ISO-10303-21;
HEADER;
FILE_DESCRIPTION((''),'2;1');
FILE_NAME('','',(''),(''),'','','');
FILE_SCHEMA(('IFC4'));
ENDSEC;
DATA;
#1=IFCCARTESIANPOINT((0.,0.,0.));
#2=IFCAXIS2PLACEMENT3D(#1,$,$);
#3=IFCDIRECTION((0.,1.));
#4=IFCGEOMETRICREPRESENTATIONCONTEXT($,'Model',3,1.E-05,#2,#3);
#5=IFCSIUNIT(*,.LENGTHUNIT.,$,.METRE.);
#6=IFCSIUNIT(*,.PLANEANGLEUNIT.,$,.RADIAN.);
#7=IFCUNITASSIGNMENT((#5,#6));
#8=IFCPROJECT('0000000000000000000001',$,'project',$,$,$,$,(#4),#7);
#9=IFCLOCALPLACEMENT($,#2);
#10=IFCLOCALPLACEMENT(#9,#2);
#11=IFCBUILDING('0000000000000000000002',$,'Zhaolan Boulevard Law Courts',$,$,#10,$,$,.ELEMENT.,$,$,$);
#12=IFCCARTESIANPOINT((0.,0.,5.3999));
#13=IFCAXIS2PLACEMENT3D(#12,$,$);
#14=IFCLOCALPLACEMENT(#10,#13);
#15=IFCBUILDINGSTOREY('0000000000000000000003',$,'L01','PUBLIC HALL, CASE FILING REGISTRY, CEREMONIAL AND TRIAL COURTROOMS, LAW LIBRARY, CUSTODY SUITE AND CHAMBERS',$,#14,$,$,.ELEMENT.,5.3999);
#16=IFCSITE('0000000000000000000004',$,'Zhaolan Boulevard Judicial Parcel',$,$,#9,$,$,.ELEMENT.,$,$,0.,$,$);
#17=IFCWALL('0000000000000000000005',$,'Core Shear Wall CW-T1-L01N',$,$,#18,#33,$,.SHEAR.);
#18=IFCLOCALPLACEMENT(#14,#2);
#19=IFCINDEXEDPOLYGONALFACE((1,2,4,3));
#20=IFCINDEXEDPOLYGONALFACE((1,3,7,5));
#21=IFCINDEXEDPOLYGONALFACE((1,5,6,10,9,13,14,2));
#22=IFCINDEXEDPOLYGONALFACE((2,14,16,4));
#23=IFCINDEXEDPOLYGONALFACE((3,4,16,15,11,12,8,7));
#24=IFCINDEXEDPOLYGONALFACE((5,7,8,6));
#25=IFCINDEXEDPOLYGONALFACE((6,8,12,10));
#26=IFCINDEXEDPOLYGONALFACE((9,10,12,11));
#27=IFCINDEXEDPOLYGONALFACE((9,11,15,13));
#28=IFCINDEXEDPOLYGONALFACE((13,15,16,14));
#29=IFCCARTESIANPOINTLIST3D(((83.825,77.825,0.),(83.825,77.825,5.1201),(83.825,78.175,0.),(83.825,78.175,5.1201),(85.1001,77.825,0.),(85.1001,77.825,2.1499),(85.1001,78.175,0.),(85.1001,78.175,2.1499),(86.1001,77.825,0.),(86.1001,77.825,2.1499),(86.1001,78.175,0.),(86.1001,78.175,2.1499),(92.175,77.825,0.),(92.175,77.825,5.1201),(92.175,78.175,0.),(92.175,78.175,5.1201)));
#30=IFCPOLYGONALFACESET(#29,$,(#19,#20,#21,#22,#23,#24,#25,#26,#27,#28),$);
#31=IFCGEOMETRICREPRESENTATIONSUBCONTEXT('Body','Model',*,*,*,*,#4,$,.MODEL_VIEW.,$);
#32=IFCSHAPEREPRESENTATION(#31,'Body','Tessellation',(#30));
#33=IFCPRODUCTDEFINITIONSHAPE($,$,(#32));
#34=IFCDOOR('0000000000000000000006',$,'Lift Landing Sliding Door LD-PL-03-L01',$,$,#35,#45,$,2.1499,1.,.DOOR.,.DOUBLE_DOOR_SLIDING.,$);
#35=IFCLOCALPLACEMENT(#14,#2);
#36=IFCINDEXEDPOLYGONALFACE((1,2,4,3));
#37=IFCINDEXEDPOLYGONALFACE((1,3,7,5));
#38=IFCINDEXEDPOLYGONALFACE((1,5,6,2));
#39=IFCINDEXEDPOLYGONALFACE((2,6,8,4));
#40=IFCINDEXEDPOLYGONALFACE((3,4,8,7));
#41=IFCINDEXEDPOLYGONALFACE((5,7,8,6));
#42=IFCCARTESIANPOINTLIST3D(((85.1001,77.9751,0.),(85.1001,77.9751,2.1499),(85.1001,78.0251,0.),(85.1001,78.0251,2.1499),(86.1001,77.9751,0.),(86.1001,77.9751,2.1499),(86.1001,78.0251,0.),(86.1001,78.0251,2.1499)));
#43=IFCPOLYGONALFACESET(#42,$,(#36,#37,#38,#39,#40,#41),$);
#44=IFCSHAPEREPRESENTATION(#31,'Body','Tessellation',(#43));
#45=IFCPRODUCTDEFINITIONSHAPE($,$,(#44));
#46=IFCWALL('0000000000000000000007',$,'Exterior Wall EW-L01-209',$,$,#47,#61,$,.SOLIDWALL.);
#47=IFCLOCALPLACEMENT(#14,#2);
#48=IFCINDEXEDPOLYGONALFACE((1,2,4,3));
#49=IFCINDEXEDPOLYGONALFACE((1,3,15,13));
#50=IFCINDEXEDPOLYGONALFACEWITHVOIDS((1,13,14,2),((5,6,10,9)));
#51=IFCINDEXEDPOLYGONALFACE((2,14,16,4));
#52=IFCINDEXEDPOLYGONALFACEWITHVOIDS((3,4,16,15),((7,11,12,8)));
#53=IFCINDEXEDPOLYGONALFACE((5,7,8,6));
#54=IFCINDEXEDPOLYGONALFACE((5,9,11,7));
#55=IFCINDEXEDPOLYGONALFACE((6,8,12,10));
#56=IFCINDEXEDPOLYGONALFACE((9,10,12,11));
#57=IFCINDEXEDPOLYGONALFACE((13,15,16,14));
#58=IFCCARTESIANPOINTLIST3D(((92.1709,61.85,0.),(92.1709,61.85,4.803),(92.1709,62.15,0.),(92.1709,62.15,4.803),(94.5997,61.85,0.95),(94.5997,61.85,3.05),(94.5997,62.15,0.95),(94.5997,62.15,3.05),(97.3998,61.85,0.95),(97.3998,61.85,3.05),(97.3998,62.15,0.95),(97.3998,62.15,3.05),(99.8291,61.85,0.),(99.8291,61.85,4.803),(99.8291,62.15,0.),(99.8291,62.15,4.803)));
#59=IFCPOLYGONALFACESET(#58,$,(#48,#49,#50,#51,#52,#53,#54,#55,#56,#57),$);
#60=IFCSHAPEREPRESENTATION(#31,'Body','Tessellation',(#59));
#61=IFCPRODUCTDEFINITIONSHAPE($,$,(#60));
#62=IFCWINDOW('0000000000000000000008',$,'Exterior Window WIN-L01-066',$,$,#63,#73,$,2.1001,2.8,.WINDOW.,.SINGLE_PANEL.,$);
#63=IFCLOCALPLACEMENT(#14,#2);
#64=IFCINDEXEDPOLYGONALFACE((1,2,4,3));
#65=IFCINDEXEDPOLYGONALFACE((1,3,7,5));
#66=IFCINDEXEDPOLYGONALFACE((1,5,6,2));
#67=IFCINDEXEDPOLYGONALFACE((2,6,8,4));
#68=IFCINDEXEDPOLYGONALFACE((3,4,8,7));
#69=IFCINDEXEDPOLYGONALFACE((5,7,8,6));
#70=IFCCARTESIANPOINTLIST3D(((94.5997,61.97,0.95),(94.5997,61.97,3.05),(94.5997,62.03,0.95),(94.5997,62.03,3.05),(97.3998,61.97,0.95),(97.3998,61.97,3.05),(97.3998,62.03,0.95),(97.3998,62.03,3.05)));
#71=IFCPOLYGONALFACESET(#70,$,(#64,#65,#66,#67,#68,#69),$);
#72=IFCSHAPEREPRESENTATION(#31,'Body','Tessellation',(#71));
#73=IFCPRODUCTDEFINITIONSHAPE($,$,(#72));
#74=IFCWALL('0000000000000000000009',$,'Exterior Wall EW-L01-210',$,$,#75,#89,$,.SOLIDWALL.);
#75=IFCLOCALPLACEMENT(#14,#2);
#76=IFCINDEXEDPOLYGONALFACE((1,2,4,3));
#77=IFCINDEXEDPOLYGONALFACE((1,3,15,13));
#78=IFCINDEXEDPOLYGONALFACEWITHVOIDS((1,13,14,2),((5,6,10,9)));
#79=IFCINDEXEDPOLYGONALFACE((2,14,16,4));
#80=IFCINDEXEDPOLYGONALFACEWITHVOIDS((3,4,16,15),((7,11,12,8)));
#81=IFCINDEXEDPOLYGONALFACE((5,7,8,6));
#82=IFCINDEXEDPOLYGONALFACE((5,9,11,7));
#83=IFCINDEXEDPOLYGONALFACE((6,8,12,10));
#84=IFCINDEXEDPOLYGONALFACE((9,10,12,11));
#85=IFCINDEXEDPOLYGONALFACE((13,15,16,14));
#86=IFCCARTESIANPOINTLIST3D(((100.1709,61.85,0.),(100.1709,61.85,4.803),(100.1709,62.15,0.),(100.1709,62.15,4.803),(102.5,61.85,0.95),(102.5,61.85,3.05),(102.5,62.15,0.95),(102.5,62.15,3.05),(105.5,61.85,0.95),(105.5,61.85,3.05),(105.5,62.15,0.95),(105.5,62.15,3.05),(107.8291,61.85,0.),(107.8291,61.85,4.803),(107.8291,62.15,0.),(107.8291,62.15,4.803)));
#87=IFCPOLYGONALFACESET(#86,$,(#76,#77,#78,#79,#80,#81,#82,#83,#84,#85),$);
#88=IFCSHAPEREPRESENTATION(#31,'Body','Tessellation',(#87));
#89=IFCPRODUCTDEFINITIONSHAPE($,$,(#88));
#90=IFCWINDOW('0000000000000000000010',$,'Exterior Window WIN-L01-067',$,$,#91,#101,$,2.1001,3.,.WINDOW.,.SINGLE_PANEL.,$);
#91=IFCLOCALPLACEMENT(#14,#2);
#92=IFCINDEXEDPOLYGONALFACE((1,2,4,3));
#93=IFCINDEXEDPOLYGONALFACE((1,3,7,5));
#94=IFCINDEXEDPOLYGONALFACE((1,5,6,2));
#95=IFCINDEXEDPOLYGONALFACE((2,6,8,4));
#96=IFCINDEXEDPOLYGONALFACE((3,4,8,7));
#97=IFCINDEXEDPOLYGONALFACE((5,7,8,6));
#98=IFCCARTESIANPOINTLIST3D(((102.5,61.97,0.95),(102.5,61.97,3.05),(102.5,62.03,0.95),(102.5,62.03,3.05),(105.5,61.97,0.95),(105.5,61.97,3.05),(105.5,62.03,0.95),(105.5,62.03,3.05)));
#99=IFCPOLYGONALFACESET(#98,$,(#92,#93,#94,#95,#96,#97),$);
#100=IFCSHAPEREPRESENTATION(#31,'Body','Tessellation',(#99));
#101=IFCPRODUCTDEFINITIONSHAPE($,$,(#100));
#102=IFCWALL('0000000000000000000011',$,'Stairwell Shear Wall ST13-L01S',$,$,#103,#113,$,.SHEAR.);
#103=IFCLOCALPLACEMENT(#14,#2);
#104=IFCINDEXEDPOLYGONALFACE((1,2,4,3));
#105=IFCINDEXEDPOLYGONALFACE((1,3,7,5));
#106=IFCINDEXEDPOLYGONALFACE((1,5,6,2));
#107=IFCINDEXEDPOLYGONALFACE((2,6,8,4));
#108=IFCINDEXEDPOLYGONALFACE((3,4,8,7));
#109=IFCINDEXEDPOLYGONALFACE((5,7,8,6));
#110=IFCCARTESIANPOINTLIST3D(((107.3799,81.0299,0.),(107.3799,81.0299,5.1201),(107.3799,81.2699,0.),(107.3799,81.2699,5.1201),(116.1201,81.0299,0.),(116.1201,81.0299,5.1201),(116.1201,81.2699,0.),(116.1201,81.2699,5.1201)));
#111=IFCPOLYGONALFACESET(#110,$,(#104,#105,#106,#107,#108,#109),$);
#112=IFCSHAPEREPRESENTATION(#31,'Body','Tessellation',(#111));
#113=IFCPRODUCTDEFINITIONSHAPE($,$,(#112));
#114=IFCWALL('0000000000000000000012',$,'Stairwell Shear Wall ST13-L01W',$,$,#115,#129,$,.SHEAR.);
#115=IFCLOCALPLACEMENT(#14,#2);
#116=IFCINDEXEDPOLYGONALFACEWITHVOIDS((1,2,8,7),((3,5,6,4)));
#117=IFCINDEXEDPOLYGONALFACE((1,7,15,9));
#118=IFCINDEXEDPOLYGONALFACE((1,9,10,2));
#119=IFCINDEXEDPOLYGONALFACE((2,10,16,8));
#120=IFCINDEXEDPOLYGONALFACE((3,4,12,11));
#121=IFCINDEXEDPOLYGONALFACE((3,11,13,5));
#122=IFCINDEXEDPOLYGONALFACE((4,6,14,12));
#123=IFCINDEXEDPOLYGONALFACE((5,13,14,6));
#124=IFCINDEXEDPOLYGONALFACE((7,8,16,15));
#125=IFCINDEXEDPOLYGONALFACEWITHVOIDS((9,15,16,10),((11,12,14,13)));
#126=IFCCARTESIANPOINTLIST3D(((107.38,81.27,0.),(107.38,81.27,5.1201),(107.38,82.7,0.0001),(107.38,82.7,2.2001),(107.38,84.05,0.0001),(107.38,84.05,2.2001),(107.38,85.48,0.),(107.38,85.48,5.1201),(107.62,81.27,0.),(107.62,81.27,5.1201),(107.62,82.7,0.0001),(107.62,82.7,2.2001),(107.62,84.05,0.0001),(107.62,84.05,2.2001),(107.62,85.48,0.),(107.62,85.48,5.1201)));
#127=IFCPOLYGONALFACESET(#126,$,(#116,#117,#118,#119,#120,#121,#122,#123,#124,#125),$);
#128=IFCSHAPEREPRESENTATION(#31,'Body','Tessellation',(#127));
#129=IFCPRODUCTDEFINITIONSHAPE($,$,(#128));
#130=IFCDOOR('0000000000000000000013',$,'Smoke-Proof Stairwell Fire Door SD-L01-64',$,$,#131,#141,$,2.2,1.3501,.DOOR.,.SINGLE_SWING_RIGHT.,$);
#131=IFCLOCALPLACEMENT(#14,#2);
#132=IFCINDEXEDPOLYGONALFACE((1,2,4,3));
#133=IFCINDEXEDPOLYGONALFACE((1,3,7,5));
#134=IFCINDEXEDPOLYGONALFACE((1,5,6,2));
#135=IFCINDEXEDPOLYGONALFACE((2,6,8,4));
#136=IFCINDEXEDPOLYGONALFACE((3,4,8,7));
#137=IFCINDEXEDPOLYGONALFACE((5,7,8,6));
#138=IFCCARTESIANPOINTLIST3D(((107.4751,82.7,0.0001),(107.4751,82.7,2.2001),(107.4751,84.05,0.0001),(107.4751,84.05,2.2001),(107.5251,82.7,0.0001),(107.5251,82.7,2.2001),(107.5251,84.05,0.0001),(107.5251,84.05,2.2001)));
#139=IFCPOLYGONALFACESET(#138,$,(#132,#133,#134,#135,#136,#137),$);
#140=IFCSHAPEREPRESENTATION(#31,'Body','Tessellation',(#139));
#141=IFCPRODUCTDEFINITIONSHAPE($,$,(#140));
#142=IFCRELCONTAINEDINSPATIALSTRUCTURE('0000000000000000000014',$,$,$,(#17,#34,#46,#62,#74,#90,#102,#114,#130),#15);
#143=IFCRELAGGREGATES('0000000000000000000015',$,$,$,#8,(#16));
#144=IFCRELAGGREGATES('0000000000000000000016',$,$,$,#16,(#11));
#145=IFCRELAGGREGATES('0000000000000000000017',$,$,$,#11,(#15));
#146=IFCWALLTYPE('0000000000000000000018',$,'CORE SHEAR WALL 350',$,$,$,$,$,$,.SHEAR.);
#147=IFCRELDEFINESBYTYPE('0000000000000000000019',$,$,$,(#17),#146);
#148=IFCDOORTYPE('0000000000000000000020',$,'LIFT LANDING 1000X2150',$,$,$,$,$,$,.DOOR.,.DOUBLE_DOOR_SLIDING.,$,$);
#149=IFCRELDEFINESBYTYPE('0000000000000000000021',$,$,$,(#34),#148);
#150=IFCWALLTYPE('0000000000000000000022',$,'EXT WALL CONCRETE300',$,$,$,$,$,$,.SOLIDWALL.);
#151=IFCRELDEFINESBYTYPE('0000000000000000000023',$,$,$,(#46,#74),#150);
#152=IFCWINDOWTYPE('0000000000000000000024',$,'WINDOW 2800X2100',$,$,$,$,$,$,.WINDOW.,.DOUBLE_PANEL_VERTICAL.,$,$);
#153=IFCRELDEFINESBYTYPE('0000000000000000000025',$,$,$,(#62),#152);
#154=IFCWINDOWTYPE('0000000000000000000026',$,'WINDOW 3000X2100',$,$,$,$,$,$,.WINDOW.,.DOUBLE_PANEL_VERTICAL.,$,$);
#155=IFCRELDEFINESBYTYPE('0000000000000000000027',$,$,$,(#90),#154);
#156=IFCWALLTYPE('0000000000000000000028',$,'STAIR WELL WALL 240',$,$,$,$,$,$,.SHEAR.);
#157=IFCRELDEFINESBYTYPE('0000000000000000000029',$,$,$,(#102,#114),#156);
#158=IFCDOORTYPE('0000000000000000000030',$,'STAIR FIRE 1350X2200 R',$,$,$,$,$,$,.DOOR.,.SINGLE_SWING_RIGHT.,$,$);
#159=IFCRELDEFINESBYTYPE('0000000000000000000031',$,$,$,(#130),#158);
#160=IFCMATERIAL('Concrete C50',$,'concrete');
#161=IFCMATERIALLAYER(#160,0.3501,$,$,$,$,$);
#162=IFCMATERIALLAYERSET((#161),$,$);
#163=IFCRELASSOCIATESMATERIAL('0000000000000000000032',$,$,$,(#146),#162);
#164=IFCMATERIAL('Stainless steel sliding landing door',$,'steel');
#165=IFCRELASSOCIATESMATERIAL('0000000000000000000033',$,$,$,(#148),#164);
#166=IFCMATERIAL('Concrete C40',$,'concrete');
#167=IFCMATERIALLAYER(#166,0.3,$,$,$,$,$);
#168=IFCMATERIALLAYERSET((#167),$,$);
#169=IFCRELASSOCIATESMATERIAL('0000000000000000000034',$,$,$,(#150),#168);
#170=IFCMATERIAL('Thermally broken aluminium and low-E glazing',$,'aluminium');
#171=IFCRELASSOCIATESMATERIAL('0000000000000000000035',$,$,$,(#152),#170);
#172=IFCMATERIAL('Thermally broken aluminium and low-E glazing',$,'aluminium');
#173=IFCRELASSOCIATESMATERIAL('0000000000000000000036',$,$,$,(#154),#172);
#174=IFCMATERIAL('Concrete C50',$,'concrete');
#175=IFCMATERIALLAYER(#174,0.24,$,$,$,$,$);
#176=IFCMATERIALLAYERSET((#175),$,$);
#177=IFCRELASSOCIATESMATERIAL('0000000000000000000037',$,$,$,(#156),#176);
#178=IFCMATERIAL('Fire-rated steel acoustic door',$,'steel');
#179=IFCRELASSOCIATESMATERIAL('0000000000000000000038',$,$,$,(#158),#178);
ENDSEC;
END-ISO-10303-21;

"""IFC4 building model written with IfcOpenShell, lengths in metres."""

from ifc_helpers import new_model, si_unit, direction, frame, frame_2d, origin, place, context, subcontext, project, spatial, rectangle, extrude, material, layer, layer_set, type_object, element, fill, save


model = new_model("IFC4")

# Units and contexts
model_context = context("Model", 3, precision=1e-05, world=origin(), true_north=direction((0.0, 1.0)))
body_context = subcontext(model_context, "Body", "Model", "MODEL_VIEW")
ifc_project = project(units=[si_unit("LENGTHUNIT", "METRE"), si_unit("PLANEANGLEUNIT", "RADIAN")], contexts=[model_context])

# Site, building, storey
site_placement = place(None, origin())
site = spatial("IfcSite", under=ifc_project, at=site_placement, Name="Zhaolan Boulevard Judicial Parcel", CompositionType="ELEMENT", RefElevation=0.0)
building_placement = place(site_placement, origin())
building = spatial("IfcBuilding", under=site, at=building_placement, Name="Zhaolan Boulevard Law Courts", CompositionType="ELEMENT")
storey_placement = place(building_placement, frame((0.0, 0.0, 5.3999)))
storey = spatial("IfcBuildingStorey", under=building, at=storey_placement, Name="L01", Description="PUBLIC HALL, CASE FILING REGISTRY, CEREMONIAL AND TRIAL COURTROOMS, LAW LIBRARY, CUSTODY SUITE AND CHAMBERS", CompositionType="ELEMENT", Elevation=5.3999)

# Wall, opening, door
ifc_material_1 = material(Name="Concrete C50", Category="concrete")
ifc_layer_1 = layer(ifc_material_1, 0.3501)
ifc_layer_set_1 = layer_set([ifc_layer_1])
wall_type_1 = type_object("IfcWallType", Name="CORE SHEAR WALL 350", PredefinedType="SHEAR", material=ifc_layer_set_1)
wall_1_placement = place(storey_placement, frame((92.175, 78.0, 0.0), z_axis=(0.0, 0.0, 1.0), x_axis=(-1.0, 0.0, 0.0)))
wall_1 = element("IfcWall", 1, at=wall_1_placement, inside=storey, type_object=wall_type_1, Name="Core Shear Wall CW-T1-L01N", PredefinedType="SHEAR", context=body_context, shape_type="SweptSolid", body=[
    extrude(rectangle(XDim=8.3501, YDim=0.3501, at=frame_2d((4.175, 0.0))), origin(), (0.0, 0.0, 1.0), 5.1201),
])
opening_1_placement = place(wall_1_placement, frame((6.075, 0.0, 0.0)))
opening_1 = element("IfcOpeningElement", 2, at=opening_1_placement, cuts=wall_1, PredefinedType="OPENING", context=body_context, shape_type="SweptSolid", body=[
    extrude(rectangle(XDim=1.0, YDim=2.1499, at=frame_2d((0.5, 1.075))), frame((0.0, 0.1851, 0.0), z_axis=(0.0, -1.0, 0.0), x_axis=(1.0, 0.0, 0.0)), (0.0, 0.0, 1.0), 0.3701),
])
ifc_material_2 = material(Name="Stainless steel sliding landing door", Category="steel")
door_type_1 = type_object("IfcDoorType", Name="LIFT LANDING 1000X2150", OperationType="DOUBLE_DOOR_SLIDING", PredefinedType="DOOR", material=ifc_material_2)
door_1_placement = place(opening_1_placement, origin())
door_1 = element("IfcDoor", 3, at=door_1_placement, inside=storey, type_object=door_type_1, Name="Lift Landing Sliding Door LD-PL-03-L01", OperationType="DOUBLE_DOOR_SLIDING", OverallHeight=2.1499, OverallWidth=1.0, PredefinedType="DOOR", context=body_context, shape_type="SweptSolid", body=[
    extrude(rectangle(XDim=1.0, YDim=2.1499, at=frame_2d((0.5, 1.075))), frame((0.0, 0.0249, 0.0), z_axis=(0.0, -1.0, 0.0), x_axis=(1.0, 0.0, 0.0)), (0.0, 0.0, 1.0), 0.05),
])
fill(opening_1, door_1)

# Walls, openings, windows
ifc_material_3 = material(Name="Concrete C40", Category="concrete")
ifc_layer_2 = layer(ifc_material_3, 0.3)
ifc_layer_set_2 = layer_set([ifc_layer_2])
wall_type_2 = type_object("IfcWallType", Name="EXT WALL CONCRETE300", PredefinedType="SOLIDWALL", material=ifc_layer_set_2)
wall_2_placement = place(storey_placement, frame((92.1709, 62.0, 0.0), z_axis=(0.0, 0.0, 1.0), x_axis=(1.0, 0.0, 0.0)))
wall_2 = element("IfcWall", 4, at=wall_2_placement, inside=storey, type_object=wall_type_2, Name="Exterior Wall EW-L01-209", PredefinedType="SOLIDWALL", context=body_context, shape_type="SweptSolid", body=[
    extrude(rectangle(XDim=7.6582, YDim=0.3, at=frame_2d((3.8291, 0.0))), origin(), (0.0, 0.0, 1.0), 4.803),
])
opening_2_placement = place(wall_2_placement, frame((2.429, 0.0, 0.95)))
opening_2 = element("IfcOpeningElement", 5, at=opening_2_placement, cuts=wall_2, PredefinedType="OPENING", context=body_context, shape_type="SweptSolid", body=[
    extrude(rectangle(XDim=2.8, YDim=2.1001, at=frame_2d((1.3999, 1.05))), frame((0.0, 0.1599, 0.0), z_axis=(0.0, -1.0, 0.0), x_axis=(1.0, 0.0, 0.0)), (0.0, 0.0, 1.0), 0.3201),
])
ifc_material_4 = material(Name="Thermally broken aluminium and low-E glazing", Category="aluminium")
window_type_1 = type_object("IfcWindowType", Name="WINDOW 2800X2100", PartitioningType="DOUBLE_PANEL_VERTICAL", PredefinedType="WINDOW", material=ifc_material_4)
window_1_placement = place(opening_2_placement, origin())
window_1 = element("IfcWindow", 6, at=window_1_placement, inside=storey, type_object=window_type_1, Name="Exterior Window WIN-L01-066", OverallHeight=2.1001, OverallWidth=2.8, PartitioningType="SINGLE_PANEL", PredefinedType="WINDOW", context=body_context, shape_type="SweptSolid", body=[
    extrude(rectangle(XDim=2.8, YDim=2.1001, at=frame_2d((1.3999, 1.05))), frame((0.0, 0.03, 0.0), z_axis=(0.0, -1.0, 0.0), x_axis=(1.0, 0.0, 0.0)), (0.0, 0.0, 1.0), 0.0601),
])
fill(opening_2, window_1)
wall_3_placement = place(storey_placement, frame((100.1709, 62.0, 0.0), z_axis=(0.0, 0.0, 1.0), x_axis=(1.0, 0.0, 0.0)))
wall_3 = element("IfcWall", 7, at=wall_3_placement, inside=storey, type_object=wall_type_2, Name="Exterior Wall EW-L01-210", PredefinedType="SOLIDWALL", context=body_context, shape_type="SweptSolid", body=[
    extrude(rectangle(XDim=7.6582, YDim=0.3, at=frame_2d((3.8291, 0.0))), origin(), (0.0, 0.0, 1.0), 4.803),
])
opening_3_placement = place(wall_3_placement, frame((2.3291, 0.0, 0.95)))
opening_3 = element("IfcOpeningElement", 8, at=opening_3_placement, cuts=wall_3, PredefinedType="OPENING", context=body_context, shape_type="SweptSolid", body=[
    extrude(rectangle(XDim=3.0, YDim=2.1001, at=frame_2d((1.5, 1.05))), frame((0.0, 0.1599, 0.0), z_axis=(0.0, -1.0, 0.0), x_axis=(1.0, 0.0, 0.0)), (0.0, 0.0, 1.0), 0.3201),
])
ifc_material_5 = material(Name="Thermally broken aluminium and low-E glazing", Category="aluminium")
window_type_2 = type_object("IfcWindowType", Name="WINDOW 3000X2100", PartitioningType="DOUBLE_PANEL_VERTICAL", PredefinedType="WINDOW", material=ifc_material_5)
window_2_placement = place(opening_3_placement, origin())
window_2 = element("IfcWindow", 9, at=window_2_placement, inside=storey, type_object=window_type_2, Name="Exterior Window WIN-L01-067", OverallHeight=2.1001, OverallWidth=3.0, PartitioningType="SINGLE_PANEL", PredefinedType="WINDOW", context=body_context, shape_type="SweptSolid", body=[
    extrude(rectangle(XDim=3.0, YDim=2.1001, at=frame_2d((1.5, 1.05))), frame((0.0, 0.03, 0.0), z_axis=(0.0, -1.0, 0.0), x_axis=(1.0, 0.0, 0.0)), (0.0, 0.0, 1.0), 0.0601),
])
fill(opening_3, window_2)

# Wall
ifc_material_6 = material(Name="Concrete C50", Category="concrete")
ifc_layer_3 = layer(ifc_material_6, 0.24)
ifc_layer_set_3 = layer_set([ifc_layer_3])
wall_type_3 = type_object("IfcWallType", Name="STAIR WELL WALL 240", PredefinedType="SHEAR", material=ifc_layer_set_3)
wall_4_placement = place(storey_placement, frame((107.3799, 81.1499, 0.0), z_axis=(0.0, 0.0, 1.0), x_axis=(1.0, 0.0, 0.0)))
element("IfcWall", 10, at=wall_4_placement, inside=storey, type_object=wall_type_3, Name="Stairwell Shear Wall ST13-L01S", PredefinedType="SHEAR", context=body_context, shape_type="SweptSolid", body=[
    extrude(rectangle(XDim=8.7402, YDim=0.24, at=frame_2d((4.3701, 0.0))), origin(), (0.0, 0.0, 1.0), 5.1201),
])

# Wall, opening, door
wall_5_placement = place(storey_placement, frame((107.5, 81.27, 0.0), z_axis=(0.0, 0.0, 1.0), x_axis=(0.0, 1.0, 0.0)))
wall_5 = element("IfcWall", 11, at=wall_5_placement, inside=storey, type_object=wall_type_3, Name="Stairwell Shear Wall ST13-L01W", PredefinedType="SHEAR", context=body_context, shape_type="SweptSolid", body=[
    extrude(rectangle(XDim=4.21, YDim=0.24, at=frame_2d((2.105, 0.0))), origin(), (0.0, 0.0, 1.0), 5.1201),
])
opening_4_placement = place(wall_5_placement, frame((1.4299, 0.0, 0.0)))
opening_4 = element("IfcOpeningElement", 12, at=opening_4_placement, cuts=wall_5, PredefinedType="OPENING", context=body_context, shape_type="SweptSolid", body=[
    extrude(rectangle(XDim=1.3501, YDim=2.2, at=frame_2d((0.675, 1.1001))), frame((0.0, 0.1299, 0.0), z_axis=(0.0, -1.0, 0.0), x_axis=(1.0, 0.0, 0.0)), (0.0, 0.0, 1.0), 0.26),
])
ifc_material_7 = material(Name="Fire-rated steel acoustic door", Category="steel")
door_type_2 = type_object("IfcDoorType", Name="STAIR FIRE 1350X2200 R", OperationType="SINGLE_SWING_RIGHT", PredefinedType="DOOR", material=ifc_material_7)
door_2_placement = place(opening_4_placement, origin())
door_2 = element("IfcDoor", 13, at=door_2_placement, inside=storey, type_object=door_type_2, Name="Smoke-Proof Stairwell Fire Door SD-L01-64", OperationType="SINGLE_SWING_RIGHT", OverallHeight=2.2, OverallWidth=1.3501, PredefinedType="DOOR", context=body_context, shape_type="SweptSolid", body=[
    extrude(rectangle(XDim=1.3501, YDim=2.2, at=frame_2d((0.675, 1.1001))), frame((0.0, 0.0249, 0.0), z_axis=(0.0, -1.0, 0.0), x_axis=(1.0, 0.0, 0.0)), (0.0, 0.0, 1.0), 0.05),
])
fill(opening_4, door_2)

save(model, "model.ifc")
